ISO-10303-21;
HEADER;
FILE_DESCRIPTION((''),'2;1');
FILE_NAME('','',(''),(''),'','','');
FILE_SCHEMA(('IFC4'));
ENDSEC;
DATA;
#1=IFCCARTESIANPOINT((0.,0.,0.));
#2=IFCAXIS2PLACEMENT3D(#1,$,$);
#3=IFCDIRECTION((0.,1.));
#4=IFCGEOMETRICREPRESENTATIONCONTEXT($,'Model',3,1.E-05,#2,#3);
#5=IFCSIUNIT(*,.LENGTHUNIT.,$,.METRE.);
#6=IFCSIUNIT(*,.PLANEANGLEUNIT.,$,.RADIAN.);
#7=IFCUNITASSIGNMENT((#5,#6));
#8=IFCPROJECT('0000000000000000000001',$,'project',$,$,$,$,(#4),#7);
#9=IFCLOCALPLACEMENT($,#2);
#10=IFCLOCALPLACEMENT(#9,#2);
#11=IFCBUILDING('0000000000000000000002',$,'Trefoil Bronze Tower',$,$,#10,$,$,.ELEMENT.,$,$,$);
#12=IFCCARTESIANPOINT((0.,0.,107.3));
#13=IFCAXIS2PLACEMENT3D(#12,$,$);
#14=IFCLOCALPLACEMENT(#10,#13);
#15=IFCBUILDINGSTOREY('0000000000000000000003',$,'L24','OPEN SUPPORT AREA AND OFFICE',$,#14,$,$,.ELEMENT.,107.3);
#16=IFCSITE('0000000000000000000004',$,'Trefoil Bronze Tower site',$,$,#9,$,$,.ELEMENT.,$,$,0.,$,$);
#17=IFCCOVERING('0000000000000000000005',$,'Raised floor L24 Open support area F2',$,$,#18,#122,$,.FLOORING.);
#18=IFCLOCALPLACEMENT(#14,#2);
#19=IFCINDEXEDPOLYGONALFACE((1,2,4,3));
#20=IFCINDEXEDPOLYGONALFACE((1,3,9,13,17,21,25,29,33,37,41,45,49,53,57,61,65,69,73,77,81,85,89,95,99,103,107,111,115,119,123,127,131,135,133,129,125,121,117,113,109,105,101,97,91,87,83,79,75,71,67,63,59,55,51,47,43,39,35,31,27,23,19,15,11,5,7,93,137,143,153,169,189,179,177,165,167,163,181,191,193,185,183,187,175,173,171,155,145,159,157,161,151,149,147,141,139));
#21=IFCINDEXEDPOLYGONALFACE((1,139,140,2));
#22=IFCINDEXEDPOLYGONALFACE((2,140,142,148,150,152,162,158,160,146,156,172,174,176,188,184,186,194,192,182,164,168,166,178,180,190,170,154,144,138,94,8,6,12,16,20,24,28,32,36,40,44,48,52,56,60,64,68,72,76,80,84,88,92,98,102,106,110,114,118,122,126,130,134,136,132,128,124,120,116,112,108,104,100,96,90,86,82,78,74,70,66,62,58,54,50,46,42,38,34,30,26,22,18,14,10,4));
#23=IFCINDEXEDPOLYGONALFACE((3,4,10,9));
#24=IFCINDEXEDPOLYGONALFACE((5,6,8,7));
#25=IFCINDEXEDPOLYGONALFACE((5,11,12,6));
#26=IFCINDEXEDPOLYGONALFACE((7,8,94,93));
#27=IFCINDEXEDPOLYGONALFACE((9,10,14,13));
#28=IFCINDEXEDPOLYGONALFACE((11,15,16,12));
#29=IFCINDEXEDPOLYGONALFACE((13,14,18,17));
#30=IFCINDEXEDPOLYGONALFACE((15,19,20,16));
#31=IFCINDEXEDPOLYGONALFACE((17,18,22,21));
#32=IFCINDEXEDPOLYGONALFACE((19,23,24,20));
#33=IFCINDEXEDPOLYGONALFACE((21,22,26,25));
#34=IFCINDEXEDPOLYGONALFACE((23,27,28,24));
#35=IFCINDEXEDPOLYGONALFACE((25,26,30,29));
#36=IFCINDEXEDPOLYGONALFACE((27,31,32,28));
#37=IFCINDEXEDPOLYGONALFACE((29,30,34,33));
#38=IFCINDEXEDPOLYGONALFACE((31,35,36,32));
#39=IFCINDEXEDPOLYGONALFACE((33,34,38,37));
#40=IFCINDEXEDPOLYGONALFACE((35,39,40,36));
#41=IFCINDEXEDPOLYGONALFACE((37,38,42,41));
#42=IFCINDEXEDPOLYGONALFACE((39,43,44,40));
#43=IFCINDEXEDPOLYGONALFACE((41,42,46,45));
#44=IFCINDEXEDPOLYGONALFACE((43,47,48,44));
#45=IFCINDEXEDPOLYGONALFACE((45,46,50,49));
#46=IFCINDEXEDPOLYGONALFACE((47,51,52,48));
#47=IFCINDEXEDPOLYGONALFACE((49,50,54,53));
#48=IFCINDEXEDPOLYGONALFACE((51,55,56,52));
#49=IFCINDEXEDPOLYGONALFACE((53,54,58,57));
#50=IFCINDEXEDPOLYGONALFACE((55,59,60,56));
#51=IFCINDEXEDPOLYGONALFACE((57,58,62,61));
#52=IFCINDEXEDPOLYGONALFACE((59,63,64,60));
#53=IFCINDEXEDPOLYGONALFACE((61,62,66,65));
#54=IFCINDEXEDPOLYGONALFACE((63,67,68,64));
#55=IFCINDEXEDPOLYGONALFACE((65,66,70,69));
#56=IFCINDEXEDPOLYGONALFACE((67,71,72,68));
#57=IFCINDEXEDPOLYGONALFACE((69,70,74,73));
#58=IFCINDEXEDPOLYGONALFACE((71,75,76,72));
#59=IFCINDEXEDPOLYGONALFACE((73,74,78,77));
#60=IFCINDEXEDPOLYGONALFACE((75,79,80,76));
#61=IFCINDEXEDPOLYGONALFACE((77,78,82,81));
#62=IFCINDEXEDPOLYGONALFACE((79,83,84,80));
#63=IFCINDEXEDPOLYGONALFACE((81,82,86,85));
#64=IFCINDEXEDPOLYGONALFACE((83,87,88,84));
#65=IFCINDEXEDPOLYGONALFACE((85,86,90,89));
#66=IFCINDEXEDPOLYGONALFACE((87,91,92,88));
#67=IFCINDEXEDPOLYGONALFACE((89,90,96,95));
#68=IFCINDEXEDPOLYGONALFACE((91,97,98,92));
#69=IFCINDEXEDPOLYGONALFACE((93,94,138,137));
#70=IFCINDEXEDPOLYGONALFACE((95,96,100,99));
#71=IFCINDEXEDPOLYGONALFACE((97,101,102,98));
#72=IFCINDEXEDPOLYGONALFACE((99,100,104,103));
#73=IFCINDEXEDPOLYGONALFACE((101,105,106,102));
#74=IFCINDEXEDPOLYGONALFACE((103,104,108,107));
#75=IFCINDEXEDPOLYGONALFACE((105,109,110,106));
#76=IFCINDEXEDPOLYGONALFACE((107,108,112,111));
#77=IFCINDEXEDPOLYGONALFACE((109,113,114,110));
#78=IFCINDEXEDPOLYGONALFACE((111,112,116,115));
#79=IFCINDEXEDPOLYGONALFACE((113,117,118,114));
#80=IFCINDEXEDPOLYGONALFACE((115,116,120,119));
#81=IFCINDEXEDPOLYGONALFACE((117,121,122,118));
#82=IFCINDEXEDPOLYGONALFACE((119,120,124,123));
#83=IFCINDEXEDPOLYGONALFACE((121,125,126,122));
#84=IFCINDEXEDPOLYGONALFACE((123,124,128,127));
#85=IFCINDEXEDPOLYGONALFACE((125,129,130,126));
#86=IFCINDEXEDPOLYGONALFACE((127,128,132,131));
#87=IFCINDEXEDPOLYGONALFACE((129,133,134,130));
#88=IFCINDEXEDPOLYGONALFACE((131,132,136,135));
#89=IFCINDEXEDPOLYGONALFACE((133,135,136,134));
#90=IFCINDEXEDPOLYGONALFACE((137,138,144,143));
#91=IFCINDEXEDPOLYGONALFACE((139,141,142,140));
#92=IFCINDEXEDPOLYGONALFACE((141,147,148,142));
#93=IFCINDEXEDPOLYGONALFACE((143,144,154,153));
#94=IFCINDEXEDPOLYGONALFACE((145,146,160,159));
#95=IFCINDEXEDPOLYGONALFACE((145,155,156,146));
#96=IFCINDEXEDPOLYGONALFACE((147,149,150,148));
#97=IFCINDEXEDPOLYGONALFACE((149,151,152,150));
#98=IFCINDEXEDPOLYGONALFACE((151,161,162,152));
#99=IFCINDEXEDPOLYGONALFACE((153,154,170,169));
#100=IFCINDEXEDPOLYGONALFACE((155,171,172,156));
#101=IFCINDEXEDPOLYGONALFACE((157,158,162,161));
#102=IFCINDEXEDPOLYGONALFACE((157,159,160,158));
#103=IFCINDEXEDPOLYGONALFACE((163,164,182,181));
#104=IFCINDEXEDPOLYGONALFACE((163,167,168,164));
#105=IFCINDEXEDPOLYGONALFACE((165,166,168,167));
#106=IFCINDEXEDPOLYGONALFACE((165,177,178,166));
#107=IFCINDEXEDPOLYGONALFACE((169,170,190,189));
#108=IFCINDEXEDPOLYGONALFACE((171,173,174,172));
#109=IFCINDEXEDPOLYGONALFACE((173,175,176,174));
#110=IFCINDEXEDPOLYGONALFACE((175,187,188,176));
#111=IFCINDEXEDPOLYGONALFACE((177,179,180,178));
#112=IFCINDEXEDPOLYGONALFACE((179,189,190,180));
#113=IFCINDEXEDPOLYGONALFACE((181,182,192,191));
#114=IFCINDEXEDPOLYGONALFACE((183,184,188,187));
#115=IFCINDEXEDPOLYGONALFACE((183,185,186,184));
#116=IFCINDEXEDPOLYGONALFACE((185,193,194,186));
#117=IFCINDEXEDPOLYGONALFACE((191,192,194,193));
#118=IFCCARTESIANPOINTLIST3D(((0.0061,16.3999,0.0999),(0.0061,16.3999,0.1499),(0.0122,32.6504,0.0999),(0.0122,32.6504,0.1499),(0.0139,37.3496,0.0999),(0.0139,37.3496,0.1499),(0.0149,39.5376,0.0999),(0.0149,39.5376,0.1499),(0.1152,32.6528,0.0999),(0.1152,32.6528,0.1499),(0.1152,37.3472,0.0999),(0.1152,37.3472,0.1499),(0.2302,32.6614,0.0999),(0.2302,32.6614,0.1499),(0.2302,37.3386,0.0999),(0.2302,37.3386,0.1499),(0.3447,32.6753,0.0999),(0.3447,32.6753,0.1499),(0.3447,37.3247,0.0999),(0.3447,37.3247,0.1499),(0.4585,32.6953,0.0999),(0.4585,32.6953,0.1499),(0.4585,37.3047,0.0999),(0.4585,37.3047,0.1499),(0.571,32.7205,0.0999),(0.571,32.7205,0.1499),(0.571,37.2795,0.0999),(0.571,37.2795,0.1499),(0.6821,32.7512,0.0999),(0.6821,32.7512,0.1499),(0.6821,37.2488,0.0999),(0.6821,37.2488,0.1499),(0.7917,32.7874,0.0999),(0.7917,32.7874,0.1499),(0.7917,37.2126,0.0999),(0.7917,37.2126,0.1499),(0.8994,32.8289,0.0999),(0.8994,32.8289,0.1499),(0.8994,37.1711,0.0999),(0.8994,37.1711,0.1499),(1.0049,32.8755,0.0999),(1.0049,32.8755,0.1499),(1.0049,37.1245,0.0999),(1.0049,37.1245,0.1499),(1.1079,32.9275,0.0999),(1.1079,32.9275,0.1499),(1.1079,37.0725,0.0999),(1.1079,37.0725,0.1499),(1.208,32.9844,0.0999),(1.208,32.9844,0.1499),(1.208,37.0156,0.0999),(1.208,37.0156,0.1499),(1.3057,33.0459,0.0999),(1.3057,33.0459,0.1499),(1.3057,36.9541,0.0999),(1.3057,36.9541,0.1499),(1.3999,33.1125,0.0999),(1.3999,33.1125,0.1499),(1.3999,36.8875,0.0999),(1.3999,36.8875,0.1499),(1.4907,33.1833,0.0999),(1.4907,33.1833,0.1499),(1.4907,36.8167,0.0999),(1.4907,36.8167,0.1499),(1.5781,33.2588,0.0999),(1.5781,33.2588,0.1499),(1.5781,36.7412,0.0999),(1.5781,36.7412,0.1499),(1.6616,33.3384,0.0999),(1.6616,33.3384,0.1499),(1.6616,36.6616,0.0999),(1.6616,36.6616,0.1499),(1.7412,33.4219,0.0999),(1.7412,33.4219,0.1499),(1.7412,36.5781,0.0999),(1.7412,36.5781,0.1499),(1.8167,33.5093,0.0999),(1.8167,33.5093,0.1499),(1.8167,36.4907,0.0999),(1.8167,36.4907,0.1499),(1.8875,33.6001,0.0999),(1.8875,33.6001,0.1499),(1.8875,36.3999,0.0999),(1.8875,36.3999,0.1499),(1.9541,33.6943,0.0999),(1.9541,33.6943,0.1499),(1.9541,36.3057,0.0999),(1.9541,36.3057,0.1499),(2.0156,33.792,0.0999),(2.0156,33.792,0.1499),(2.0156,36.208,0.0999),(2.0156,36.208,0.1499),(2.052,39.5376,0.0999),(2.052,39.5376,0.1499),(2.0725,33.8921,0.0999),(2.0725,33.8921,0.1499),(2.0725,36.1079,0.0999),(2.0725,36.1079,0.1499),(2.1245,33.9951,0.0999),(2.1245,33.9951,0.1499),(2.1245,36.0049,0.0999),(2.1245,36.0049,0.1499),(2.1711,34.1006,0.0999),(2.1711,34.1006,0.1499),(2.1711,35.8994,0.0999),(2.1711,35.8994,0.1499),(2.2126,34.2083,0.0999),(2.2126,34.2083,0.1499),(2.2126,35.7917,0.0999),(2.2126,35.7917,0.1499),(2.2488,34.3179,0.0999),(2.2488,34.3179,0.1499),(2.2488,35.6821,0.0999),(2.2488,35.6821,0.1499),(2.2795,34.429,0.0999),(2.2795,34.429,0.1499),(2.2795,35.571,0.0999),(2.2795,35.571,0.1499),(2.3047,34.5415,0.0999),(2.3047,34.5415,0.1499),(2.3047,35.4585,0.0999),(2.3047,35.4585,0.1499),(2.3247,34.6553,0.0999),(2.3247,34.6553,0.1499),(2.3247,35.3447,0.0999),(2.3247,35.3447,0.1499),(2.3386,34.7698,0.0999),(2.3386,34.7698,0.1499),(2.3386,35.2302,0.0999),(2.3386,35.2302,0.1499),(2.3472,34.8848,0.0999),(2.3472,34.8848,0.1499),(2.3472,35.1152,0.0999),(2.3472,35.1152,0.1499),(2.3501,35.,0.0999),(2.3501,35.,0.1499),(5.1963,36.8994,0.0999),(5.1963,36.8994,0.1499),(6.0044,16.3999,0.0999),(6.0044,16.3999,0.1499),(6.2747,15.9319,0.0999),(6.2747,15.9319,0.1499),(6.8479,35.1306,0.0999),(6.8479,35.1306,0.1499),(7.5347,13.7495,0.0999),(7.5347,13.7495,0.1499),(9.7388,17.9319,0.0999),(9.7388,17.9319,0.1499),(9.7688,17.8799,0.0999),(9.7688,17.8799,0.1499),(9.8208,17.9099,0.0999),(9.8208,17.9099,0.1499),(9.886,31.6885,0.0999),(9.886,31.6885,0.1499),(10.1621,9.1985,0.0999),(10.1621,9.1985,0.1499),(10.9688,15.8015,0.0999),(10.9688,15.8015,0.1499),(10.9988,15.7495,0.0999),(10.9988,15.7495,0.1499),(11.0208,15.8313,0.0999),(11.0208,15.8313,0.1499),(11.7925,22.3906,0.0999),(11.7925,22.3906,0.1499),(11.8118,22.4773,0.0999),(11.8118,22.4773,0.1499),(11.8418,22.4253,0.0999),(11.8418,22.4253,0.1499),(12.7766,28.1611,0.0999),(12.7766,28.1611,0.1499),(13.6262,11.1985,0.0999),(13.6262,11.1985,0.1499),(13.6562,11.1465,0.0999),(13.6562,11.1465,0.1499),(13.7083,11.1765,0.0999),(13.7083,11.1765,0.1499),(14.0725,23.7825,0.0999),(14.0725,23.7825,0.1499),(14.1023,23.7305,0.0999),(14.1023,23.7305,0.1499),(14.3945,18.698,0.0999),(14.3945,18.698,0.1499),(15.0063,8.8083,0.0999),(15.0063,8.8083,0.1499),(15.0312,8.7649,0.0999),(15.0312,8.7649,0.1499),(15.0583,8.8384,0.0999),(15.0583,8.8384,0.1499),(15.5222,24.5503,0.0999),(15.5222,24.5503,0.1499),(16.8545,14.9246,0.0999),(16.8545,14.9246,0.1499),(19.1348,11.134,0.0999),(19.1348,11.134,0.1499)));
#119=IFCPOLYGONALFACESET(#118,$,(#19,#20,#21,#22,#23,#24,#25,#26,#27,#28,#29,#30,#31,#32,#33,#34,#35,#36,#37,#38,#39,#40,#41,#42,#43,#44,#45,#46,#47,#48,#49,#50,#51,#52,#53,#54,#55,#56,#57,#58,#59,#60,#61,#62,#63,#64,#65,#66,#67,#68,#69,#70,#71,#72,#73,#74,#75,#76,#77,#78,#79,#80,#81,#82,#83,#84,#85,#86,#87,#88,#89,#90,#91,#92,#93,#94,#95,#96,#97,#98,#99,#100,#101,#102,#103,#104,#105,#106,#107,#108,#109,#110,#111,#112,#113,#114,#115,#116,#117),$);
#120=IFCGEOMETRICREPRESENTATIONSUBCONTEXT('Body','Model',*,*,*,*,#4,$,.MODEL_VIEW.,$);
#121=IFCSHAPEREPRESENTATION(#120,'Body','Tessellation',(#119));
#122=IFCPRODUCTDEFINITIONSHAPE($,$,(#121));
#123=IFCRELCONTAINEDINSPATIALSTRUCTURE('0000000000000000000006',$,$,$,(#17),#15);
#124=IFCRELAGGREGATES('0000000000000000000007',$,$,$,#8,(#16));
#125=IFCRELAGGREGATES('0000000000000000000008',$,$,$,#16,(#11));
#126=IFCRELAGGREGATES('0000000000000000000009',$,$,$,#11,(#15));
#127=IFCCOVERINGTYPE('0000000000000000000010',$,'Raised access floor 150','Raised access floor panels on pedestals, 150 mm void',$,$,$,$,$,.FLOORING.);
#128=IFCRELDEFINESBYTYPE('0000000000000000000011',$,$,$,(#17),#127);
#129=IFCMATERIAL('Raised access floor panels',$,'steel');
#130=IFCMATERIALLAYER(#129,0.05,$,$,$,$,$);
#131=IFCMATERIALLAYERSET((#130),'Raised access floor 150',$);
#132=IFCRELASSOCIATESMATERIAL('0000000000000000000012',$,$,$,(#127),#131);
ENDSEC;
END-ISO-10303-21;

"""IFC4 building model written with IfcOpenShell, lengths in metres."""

from ifc_helpers import new_model, si_unit, direction, frame, origin, place, context, subcontext, project, spatial, polyline, outline, extrude, material, layer, layer_set, type_object, element, save


model = new_model("IFC4")

# Units and contexts
model_context = context("Model", 3, precision=1e-05, world=origin(), true_north=direction((0.0, 1.0)))
body_context = subcontext(model_context, "Body", "Model", "MODEL_VIEW")
ifc_project = project(units=[si_unit("LENGTHUNIT", "METRE"), si_unit("PLANEANGLEUNIT", "RADIAN")], contexts=[model_context])

# Site, building, storey
site_placement = place(None, origin())
site = spatial("IfcSite", under=ifc_project, at=site_placement, Name="Trefoil Bronze Tower site", CompositionType="ELEMENT", RefElevation=0.0)
building_placement = place(site_placement, origin())
building = spatial("IfcBuilding", under=site, at=building_placement, Name="Trefoil Bronze Tower", CompositionType="ELEMENT")
storey_placement = place(building_placement, frame((0.0, 0.0, 107.3)))
storey = spatial("IfcBuildingStorey", under=building, at=storey_placement, Name="L24", Description="OPEN SUPPORT AREA AND OFFICE", CompositionType="ELEMENT", Elevation=107.3)

# Covering
ifc_material_1 = material(Name="Raised access floor panels", Category="steel")
ifc_layer_1 = layer(ifc_material_1, 0.05)
ifc_layer_set_1 = layer_set([ifc_layer_1], Name="Raised access floor 150")
covering_type_1 = type_object("IfcCoveringType", Name="Raised access floor 150", Description="Raised access floor panels on pedestals, 150 mm void", PredefinedType="FLOORING", material=ifc_layer_set_1)
covering_1_placement = place(storey_placement, frame((0.0, 0.0, 0.0999)))
element("IfcCovering", 1, at=covering_1_placement, inside=storey, type_object=covering_type_1, Name="Raised floor L24 Open support area F2", PredefinedType="FLOORING", context=body_context, shape_type="SweptSolid", body=[
    extrude(outline(polyline([(5.1963, 36.8994), (6.8479, 35.1306), (9.886, 31.6885), (12.7766, 28.1611), (15.5222, 24.5503), (14.1023, 23.7305), (14.0725, 23.7825), (11.8118, 22.4773), (11.8418, 22.4253), (11.7925, 22.3906), (14.3945, 18.698), (16.8545, 14.9246), (19.1348, 11.134), (15.0312, 8.7649), (15.0063, 8.8083), (15.0583, 8.8384), (13.7083, 11.1765), (13.6562, 11.1465), (13.6262, 11.1985), (10.1621, 9.1985), (7.5347, 13.7495), (10.9988, 15.7495), (10.9688, 15.8015), (11.0208, 15.8313), (9.8208, 17.9099), (9.7688, 17.8799), (9.7388, 17.9319), (6.2747, 15.9319), (6.0044, 16.3999), (0.0061, 16.3999), (0.0122, 32.6504), (0.1152, 32.6528), (0.2302, 32.6614), (0.3447, 32.6753), (0.4585, 32.6953), (0.571, 32.7205), (0.6821, 32.7512), (0.7917, 32.7874), (0.8994, 32.8289), (1.0049, 32.8755), (1.1079, 32.9275), (1.208, 32.9844), (1.3057, 33.0459), (1.3999, 33.1125), (1.4907, 33.1833), (1.5781, 33.2588), (1.6616, 33.3384), (1.7412, 33.4219), (1.8167, 33.5093), (1.8875, 33.6001), (1.9541, 33.6943), (2.0156, 33.792), (2.0725, 33.8921), (2.1245, 33.9951), (2.1711, 34.1006), (2.2126, 34.2083), (2.2488, 34.3179), (2.2795, 34.429), (2.3047, 34.5415), (2.3247, 34.6553), (2.3386, 34.7698), (2.3472, 34.8848), (2.3501, 35.0), (2.3472, 35.1152), (2.3386, 35.2302), (2.3247, 35.3447), (2.3047, 35.4585), (2.2795, 35.571), (2.2488, 35.6821), (2.2126, 35.7917), (2.1711, 35.8994), (2.1245, 36.0049), (2.0725, 36.1079), (2.0156, 36.208), (1.9541, 36.3057), (1.8875, 36.3999), (1.8167, 36.4907), (1.7412, 36.5781), (1.6616, 36.6616), (1.5781, 36.7412), (1.4907, 36.8167), (1.3999, 36.8875), (1.3057, 36.9541), (1.208, 37.0156), (1.1079, 37.0725), (1.0049, 37.1245), (0.8994, 37.1711), (0.7917, 37.2126), (0.6821, 37.2488), (0.571, 37.2795), (0.4585, 37.3047), (0.3447, 37.3247), (0.2302, 37.3386), (0.1152, 37.3472), (0.0139, 37.3496), (0.0149, 39.5376), (2.052, 39.5376), (5.1963, 36.8994)])), origin(), (0.0, 0.0, 1.0), 0.05),
])

save(model, "model.ifc")
